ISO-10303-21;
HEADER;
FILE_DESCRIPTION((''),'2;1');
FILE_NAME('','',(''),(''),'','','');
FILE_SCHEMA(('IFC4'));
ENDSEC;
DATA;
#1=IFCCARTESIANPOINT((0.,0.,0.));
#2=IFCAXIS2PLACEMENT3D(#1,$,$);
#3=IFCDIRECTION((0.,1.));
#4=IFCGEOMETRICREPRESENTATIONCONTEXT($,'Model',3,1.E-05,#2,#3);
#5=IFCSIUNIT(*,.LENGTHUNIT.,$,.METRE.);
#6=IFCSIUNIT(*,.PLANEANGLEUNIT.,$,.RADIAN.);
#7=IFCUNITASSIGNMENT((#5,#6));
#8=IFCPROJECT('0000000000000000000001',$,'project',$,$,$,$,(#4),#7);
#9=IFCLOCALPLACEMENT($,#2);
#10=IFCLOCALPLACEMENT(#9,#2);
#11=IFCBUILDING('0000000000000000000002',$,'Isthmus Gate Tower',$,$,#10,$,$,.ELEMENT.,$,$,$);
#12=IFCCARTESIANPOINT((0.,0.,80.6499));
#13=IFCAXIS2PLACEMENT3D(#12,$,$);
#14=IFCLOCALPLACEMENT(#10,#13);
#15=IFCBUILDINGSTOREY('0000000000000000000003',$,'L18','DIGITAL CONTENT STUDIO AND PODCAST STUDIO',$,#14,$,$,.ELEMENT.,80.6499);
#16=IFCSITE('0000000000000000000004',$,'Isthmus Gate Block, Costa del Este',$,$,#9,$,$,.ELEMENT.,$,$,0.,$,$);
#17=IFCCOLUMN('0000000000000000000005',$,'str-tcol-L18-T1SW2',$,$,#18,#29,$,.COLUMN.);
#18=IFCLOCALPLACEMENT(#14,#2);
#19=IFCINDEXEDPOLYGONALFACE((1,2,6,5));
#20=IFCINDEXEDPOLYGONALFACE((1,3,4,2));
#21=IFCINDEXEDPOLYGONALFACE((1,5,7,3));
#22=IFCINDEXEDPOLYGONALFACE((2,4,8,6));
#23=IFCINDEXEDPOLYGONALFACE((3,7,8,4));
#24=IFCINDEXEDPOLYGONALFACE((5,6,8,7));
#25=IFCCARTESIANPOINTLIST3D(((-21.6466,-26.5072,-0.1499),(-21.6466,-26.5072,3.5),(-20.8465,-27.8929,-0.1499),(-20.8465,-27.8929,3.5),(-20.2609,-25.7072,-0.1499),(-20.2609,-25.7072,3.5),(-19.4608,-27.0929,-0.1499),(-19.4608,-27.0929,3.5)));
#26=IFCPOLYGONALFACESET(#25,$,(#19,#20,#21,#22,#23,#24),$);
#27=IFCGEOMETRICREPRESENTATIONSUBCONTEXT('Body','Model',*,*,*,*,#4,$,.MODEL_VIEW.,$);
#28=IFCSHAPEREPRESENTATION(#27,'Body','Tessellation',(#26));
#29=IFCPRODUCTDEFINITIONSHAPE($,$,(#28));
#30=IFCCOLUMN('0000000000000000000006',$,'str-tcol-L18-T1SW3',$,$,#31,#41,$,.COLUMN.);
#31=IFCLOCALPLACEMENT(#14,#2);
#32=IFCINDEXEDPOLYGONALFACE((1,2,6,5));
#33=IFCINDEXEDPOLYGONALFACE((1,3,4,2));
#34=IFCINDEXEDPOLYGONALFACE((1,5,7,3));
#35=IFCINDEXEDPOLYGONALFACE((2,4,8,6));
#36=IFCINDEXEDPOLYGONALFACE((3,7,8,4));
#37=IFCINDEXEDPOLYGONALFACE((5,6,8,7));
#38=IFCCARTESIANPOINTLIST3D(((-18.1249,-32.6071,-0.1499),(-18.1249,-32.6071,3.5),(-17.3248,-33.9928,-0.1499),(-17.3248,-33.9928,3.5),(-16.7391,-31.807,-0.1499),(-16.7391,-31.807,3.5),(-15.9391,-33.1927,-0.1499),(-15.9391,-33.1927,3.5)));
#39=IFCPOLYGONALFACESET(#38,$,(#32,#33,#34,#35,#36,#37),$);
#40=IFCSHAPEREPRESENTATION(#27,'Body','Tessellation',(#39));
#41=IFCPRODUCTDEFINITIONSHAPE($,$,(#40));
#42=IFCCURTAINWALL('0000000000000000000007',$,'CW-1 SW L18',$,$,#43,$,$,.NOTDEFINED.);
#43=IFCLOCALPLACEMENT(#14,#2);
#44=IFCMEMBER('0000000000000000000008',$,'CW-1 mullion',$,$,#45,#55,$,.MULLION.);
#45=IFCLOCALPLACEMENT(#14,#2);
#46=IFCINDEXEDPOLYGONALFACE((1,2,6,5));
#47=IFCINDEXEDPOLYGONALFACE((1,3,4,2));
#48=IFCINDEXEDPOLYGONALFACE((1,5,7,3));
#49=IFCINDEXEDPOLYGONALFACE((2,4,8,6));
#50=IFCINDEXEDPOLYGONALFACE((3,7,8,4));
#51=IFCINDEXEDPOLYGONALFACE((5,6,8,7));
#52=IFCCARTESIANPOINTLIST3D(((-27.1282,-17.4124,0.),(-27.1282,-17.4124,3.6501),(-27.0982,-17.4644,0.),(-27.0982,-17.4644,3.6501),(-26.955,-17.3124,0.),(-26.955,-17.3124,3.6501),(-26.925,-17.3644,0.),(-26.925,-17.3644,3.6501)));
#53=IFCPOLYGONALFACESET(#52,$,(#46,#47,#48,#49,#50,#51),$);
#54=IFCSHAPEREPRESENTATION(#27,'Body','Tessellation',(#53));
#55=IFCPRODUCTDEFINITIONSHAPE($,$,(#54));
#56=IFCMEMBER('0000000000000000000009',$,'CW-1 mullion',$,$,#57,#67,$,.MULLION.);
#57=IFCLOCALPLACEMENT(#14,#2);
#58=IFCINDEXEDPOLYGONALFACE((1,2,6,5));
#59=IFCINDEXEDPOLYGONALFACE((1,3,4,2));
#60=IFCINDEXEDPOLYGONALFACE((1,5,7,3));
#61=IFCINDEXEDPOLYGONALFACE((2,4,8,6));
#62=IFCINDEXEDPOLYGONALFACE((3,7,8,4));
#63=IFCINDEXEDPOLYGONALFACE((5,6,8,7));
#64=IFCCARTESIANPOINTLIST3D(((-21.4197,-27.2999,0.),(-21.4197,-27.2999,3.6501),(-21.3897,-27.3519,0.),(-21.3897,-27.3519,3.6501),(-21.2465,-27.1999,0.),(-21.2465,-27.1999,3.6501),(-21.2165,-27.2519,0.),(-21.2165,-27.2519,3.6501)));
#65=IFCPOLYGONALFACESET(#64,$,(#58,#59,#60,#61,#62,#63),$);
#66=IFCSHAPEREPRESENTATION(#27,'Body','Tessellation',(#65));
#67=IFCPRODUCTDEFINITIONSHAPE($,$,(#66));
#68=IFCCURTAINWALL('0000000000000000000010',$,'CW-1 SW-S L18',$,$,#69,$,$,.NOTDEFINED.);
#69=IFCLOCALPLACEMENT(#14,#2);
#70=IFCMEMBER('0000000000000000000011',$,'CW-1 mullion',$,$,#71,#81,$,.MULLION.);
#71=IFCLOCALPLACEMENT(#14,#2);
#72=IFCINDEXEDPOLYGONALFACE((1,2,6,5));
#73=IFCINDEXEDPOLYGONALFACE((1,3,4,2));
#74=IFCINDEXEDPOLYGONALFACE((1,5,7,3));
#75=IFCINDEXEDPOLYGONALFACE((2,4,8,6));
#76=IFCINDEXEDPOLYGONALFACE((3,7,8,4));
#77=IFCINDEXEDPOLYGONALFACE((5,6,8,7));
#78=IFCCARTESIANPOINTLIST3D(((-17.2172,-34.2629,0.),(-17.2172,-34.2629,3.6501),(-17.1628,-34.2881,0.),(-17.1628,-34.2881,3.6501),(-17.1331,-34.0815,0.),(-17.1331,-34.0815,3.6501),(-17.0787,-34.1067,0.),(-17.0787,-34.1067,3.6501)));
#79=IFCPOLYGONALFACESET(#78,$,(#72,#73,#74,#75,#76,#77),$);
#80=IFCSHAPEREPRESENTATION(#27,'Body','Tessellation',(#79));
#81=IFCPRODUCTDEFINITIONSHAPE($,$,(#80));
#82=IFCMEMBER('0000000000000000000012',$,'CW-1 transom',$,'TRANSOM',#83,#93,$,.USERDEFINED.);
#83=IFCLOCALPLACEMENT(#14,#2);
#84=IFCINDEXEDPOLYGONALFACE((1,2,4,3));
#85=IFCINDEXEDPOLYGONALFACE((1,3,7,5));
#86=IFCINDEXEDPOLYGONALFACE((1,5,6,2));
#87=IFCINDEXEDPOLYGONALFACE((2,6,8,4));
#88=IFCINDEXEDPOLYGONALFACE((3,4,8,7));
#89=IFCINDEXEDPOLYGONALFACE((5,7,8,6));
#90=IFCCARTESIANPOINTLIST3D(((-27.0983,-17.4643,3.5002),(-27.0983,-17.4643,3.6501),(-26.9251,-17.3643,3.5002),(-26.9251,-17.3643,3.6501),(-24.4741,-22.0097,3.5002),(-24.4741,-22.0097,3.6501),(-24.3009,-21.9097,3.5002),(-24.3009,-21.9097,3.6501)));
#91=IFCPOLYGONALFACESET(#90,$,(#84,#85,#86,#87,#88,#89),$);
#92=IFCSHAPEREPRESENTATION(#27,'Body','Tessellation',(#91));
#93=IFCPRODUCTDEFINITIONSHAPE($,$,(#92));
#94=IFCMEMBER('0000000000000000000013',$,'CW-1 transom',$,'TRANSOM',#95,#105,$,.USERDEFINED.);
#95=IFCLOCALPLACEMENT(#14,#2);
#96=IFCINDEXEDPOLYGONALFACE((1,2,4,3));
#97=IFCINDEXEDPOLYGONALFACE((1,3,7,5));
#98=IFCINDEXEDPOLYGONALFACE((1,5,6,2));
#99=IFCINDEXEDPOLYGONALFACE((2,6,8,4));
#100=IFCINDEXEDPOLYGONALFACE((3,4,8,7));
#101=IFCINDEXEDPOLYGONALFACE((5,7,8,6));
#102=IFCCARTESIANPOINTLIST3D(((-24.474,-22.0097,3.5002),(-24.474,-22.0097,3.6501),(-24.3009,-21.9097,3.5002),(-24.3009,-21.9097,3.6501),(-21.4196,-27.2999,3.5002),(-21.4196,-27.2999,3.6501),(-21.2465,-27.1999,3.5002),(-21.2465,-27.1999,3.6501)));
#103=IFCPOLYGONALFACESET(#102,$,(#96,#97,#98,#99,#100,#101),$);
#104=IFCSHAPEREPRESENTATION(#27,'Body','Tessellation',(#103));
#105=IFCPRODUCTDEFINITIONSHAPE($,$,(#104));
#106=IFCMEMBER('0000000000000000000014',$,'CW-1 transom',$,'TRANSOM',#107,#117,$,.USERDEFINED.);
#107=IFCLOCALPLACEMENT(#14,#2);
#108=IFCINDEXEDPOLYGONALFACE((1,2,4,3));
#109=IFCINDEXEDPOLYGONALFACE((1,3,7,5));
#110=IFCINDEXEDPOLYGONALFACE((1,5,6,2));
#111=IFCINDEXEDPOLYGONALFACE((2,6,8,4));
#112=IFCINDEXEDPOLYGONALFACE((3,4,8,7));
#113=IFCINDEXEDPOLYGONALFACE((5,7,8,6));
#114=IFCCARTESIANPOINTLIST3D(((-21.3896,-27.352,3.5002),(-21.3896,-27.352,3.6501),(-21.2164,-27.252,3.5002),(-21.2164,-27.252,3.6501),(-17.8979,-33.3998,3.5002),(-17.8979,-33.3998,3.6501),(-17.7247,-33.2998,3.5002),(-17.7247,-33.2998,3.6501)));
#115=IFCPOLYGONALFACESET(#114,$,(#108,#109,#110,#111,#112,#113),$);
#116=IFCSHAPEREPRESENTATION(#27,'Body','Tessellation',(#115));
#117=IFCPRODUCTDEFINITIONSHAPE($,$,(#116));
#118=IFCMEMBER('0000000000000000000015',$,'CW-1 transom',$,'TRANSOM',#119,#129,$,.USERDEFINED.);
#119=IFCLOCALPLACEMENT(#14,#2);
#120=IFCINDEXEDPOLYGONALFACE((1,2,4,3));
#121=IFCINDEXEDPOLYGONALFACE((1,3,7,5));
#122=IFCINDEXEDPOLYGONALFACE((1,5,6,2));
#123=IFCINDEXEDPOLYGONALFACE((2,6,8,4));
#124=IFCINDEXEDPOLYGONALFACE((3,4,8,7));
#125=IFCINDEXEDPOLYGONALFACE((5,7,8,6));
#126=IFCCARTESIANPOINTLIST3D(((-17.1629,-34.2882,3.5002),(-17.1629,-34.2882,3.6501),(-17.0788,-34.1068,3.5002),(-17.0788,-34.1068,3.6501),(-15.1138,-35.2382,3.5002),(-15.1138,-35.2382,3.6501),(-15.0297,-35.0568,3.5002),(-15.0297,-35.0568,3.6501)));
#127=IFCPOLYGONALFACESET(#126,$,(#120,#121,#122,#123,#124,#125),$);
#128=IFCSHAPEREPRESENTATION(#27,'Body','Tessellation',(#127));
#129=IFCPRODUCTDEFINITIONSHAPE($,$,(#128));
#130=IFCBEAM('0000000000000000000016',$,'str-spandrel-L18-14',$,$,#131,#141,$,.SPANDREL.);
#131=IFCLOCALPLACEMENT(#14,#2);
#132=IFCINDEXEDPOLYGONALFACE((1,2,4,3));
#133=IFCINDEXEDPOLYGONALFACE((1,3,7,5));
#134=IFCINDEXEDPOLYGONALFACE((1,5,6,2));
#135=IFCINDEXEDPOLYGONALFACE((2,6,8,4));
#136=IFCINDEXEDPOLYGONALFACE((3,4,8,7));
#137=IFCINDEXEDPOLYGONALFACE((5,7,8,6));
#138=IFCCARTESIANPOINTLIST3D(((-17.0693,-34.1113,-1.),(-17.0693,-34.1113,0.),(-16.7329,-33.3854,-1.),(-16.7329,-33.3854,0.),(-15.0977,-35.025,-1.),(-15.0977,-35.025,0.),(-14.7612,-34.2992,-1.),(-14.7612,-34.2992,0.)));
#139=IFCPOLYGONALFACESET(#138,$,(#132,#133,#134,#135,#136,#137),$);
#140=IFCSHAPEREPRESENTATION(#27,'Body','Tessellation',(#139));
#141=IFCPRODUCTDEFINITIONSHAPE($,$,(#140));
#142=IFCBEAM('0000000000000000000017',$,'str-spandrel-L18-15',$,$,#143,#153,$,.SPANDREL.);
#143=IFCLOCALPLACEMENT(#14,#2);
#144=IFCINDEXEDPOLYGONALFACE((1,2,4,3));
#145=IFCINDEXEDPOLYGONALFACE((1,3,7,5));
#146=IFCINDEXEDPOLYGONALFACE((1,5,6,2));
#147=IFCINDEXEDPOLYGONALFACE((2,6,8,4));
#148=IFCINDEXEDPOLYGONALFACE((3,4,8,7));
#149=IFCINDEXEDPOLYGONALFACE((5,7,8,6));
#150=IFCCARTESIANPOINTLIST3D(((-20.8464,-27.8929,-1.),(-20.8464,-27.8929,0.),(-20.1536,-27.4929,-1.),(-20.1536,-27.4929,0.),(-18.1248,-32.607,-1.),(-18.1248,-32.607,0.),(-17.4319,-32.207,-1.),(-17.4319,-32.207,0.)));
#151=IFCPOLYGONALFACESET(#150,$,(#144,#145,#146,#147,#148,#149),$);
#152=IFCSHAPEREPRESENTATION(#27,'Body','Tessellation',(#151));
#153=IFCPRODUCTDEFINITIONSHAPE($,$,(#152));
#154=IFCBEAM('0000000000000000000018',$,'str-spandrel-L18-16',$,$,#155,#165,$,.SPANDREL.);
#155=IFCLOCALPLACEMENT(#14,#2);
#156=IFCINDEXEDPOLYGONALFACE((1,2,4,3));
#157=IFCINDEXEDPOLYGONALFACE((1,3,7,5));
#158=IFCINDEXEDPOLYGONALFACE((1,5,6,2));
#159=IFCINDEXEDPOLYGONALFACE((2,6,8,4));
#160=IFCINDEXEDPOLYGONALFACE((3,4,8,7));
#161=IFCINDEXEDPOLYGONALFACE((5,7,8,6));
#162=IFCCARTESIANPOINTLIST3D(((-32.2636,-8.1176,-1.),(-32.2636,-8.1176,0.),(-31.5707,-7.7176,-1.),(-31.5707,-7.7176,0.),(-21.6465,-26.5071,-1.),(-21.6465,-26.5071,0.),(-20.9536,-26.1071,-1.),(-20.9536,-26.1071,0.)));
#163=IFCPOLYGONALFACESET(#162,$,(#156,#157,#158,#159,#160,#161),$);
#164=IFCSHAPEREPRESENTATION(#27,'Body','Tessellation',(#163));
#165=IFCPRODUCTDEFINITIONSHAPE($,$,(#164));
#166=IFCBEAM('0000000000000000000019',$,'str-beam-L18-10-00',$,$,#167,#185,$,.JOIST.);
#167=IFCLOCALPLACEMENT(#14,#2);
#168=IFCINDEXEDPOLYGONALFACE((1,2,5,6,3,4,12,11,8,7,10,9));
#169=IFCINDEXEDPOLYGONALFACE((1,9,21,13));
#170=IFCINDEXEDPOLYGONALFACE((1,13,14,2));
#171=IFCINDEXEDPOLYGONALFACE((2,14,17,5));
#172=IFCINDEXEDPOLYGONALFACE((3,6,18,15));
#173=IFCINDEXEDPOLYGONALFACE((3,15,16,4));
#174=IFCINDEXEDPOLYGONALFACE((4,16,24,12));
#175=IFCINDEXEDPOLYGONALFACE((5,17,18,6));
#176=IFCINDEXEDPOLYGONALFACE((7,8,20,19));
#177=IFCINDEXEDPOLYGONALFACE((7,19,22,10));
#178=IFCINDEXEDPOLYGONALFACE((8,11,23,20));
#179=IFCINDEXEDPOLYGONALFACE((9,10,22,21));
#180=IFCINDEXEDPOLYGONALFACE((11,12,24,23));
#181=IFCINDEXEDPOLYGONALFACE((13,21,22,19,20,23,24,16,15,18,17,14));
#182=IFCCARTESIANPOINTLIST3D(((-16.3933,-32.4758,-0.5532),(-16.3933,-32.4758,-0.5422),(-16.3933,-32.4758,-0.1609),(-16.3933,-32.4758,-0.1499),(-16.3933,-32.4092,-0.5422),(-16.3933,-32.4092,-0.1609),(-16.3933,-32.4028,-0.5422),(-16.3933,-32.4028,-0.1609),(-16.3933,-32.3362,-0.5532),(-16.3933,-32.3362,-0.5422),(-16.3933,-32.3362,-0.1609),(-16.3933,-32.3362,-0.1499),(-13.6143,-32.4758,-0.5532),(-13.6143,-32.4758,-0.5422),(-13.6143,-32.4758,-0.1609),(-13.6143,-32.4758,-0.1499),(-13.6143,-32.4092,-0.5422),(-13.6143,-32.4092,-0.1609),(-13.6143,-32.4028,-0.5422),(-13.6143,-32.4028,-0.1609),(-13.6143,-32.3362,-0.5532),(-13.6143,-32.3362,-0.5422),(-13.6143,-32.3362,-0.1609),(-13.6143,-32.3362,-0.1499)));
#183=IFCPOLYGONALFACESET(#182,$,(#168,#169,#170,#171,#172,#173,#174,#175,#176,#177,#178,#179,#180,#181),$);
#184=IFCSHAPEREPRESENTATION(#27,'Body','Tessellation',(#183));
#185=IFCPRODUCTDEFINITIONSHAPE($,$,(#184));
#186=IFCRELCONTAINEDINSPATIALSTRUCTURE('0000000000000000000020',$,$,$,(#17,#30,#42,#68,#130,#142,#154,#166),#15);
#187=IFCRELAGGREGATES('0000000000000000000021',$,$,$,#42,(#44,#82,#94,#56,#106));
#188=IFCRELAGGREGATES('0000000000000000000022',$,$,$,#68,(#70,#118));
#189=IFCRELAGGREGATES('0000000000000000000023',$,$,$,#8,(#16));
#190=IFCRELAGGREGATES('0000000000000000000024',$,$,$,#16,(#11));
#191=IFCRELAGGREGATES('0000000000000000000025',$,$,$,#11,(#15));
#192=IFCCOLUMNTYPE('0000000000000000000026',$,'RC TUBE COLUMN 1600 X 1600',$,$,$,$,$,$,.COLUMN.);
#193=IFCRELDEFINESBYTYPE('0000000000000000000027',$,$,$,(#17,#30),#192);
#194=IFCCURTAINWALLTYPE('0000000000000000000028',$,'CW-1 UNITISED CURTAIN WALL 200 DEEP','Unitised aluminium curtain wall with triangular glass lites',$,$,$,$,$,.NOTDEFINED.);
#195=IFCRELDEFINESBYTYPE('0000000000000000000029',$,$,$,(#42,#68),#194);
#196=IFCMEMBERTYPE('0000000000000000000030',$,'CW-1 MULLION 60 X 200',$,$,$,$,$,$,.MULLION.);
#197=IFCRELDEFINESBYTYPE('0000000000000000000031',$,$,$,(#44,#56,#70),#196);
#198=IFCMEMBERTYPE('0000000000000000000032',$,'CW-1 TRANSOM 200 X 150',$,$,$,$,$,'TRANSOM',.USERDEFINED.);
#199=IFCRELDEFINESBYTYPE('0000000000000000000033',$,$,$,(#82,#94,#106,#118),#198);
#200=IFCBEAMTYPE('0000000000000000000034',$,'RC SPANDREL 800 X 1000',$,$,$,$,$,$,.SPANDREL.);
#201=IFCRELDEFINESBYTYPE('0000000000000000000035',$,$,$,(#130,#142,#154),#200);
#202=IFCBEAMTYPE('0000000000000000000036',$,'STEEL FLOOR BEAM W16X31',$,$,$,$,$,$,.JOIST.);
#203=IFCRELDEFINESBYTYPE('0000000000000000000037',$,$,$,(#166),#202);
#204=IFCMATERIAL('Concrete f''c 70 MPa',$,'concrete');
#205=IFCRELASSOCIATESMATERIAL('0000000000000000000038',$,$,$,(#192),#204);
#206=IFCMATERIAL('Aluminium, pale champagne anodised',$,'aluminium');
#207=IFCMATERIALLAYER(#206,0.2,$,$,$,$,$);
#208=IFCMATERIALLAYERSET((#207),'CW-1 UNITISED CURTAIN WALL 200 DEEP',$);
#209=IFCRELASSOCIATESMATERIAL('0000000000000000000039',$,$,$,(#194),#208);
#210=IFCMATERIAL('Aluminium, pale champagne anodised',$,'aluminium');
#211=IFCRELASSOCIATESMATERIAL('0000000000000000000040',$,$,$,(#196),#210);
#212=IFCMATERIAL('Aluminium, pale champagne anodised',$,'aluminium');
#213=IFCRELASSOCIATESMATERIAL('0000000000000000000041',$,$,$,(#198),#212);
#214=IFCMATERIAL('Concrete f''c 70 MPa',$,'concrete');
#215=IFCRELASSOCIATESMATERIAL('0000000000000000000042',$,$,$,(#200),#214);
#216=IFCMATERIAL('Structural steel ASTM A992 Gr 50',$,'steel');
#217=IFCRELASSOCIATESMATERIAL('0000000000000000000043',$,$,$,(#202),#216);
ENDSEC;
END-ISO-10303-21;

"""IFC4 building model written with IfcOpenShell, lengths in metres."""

from ifc_helpers import new_model, si_unit, direction, frame, origin, origin_2d, place, context, subcontext, project, spatial, rectangle, i_section, extrude, material, layer, layer_set, material_profile, profile_set, type_object, element, aggregate, save


model = new_model("IFC4")

# Units and contexts
model_context = context("Model", 3, precision=1e-05, world=origin(), true_north=direction((0.0, 1.0)))
body_context = subcontext(model_context, "Body", "Model", "MODEL_VIEW")
ifc_project = project(units=[si_unit("LENGTHUNIT", "METRE"), si_unit("PLANEANGLEUNIT", "RADIAN")], contexts=[model_context])

# Site, building, storey
site_placement = place(None, origin())
site = spatial("IfcSite", under=ifc_project, at=site_placement, Name="Isthmus Gate Block, Costa del Este", CompositionType="ELEMENT", RefElevation=0.0)
building_placement = place(site_placement, origin())
building = spatial("IfcBuilding", under=site, at=building_placement, Name="Isthmus Gate Tower", CompositionType="ELEMENT")
storey_placement = place(building_placement, frame((0.0, 0.0, 80.6499)))
storey = spatial("IfcBuildingStorey", under=building, at=storey_placement, Name="L18", Description="DIGITAL CONTENT STUDIO AND PODCAST STUDIO", CompositionType="ELEMENT", Elevation=80.6499)

# Columns
ifc_material_1 = material(Name="Concrete f'c 70 MPa", Category="concrete")
ifc_material_profile_1 = material_profile(ifc_material_1, rectangle(XDim=1.6001, YDim=1.6001, at=origin_2d()), Name="RC 1600X1600")
ifc_profile_set_1 = profile_set([ifc_material_profile_1], Name="Concrete f'c 70 MPa")
column_type = type_object("IfcColumnType", Name="RC TUBE COLUMN 1600 X 1600", PredefinedType="COLUMN", material=ifc_profile_set_1)
for number, where, z_axis, x_axis, name in (
    (1, (-20.5537, -26.8, -0.1499), (0.0, 0.0, 1.0), (0.5, -0.866025, 0.0), "str-tcol-L18-T1SW2"),
    (2, (-17.032, -32.8999, -0.1499), (0.0, 0.0, 1.0), (0.5, -0.866025, 0.0), "str-tcol-L18-T1SW3"),
):
    element("IfcColumn", number, at=place(storey_placement, frame(where, z_axis=z_axis, x_axis=x_axis)), inside=storey, type_object=column_type, Name=name, PredefinedType="COLUMN", context=body_context, shape_type="SweptSolid", body=[
        extrude(rectangle(XDim=1.6001, YDim=1.6001, at=origin_2d()), origin(), (0.0, 0.0, 1.0), 3.6499),
    ])

# Curtain wall, members
ifc_material_2 = material(Name="Aluminium, pale champagne anodised", Category="aluminium")
ifc_layer_1 = layer(ifc_material_2, 0.2)
ifc_layer_set_1 = layer_set([ifc_layer_1], Name="CW-1 UNITISED CURTAIN WALL 200 DEEP")
curtain_wall_type = type_object("IfcCurtainWallType", Name="CW-1 UNITISED CURTAIN WALL 200 DEEP", Description="Unitised aluminium curtain wall with triangular glass lites", PredefinedType="NOTDEFINED", material=ifc_layer_set_1)
curtain_wall_1_placement = place(storey_placement, origin())
curtain_wall_1 = element("IfcCurtainWall", 3, at=curtain_wall_1_placement, inside=storey, type_object=curtain_wall_type, Name="CW-1 SW L18", PredefinedType="NOTDEFINED")
ifc_material_3 = material(Name="Aluminium, pale champagne anodised", Category="aluminium")
ifc_material_profile_2 = material_profile(ifc_material_3, rectangle(XDim=0.0601, YDim=0.2, at=origin_2d()), Name="60x200")
ifc_profile_set_2 = profile_set([ifc_material_profile_2], Name="Aluminium, pale champagne anodised")
member_type_1 = type_object("IfcMemberType", Name="CW-1 MULLION 60 X 200", PredefinedType="MULLION", material=ifc_profile_set_2)
member_1_placement = place(storey_placement, frame((-27.0266, -17.3884, 0.0), z_axis=(0.0, 0.0, 1.0), x_axis=(0.5, -0.866025, 0.0)))
member_1 = element("IfcMember", 4, at=member_1_placement, type_object=member_type_1, Name="CW-1 mullion", PredefinedType="MULLION", context=body_context, shape_type="SweptSolid", body=[
    extrude(rectangle(XDim=0.0601, YDim=0.2, at=origin_2d()), origin(), (0.0, 0.0, 1.0), 3.6501),
])
member_2_placement = place(storey_placement, frame((-21.3181, -27.2759, 0.0), z_axis=(0.0, 0.0, 1.0), x_axis=(0.5, -0.866025, 0.0)))
member_2 = element("IfcMember", 5, at=member_2_placement, type_object=member_type_1, Name="CW-1 mullion", PredefinedType="MULLION", context=body_context, shape_type="SweptSolid", body=[
    extrude(rectangle(XDim=0.0601, YDim=0.2, at=origin_2d()), origin(), (0.0, 0.0, 1.0), 3.6501),
])

# Curtain wall, member
curtain_wall_2_placement = place(storey_placement, origin())
curtain_wall_2 = element("IfcCurtainWall", 6, at=curtain_wall_2_placement, inside=storey, type_object=curtain_wall_type, Name="CW-1 SW-S L18", PredefinedType="NOTDEFINED")
member_3_placement = place(storey_placement, frame((-17.1479, -34.1848, 0.0), z_axis=(0.0, 0.0, 1.0), x_axis=(0.907256, -0.420578, 0.0)))
member_3 = element("IfcMember", 7, at=member_3_placement, type_object=member_type_1, Name="CW-1 mullion", PredefinedType="MULLION", context=body_context, shape_type="SweptSolid", body=[
    extrude(rectangle(XDim=0.0601, YDim=0.2, at=origin_2d()), origin(), (0.0, 0.0, 1.0), 3.6501),
])

# Members
ifc_material_4 = material(Name="Aluminium, pale champagne anodised", Category="aluminium")
ifc_material_profile_3 = material_profile(ifc_material_4, rectangle(XDim=0.2, YDim=0.1499, at=origin_2d()), Name="200x150")
ifc_profile_set_3 = profile_set([ifc_material_profile_3], Name="Aluminium, pale champagne anodised")
member_type_2 = type_object("IfcMemberType", Name="CW-1 TRANSOM 200 X 150", ElementType="TRANSOM", PredefinedType="USERDEFINED", material=ifc_profile_set_3)
member_4_placement = place(storey_placement, frame((-27.0117, -17.4143, 3.5752), z_axis=(0.499996, -0.866028, 0.0), x_axis=(0.866028, 0.499996, 0.0)))
member_4 = element("IfcMember", 8, at=member_4_placement, type_object=member_type_2, Name="CW-1 transom", ObjectType="TRANSOM", PredefinedType="USERDEFINED", context=body_context, shape_type="SweptSolid", body=[
    extrude(rectangle(XDim=0.2, YDim=0.1499, at=origin_2d()), origin(), (0.0, 0.0, 1.0), 5.2485),
])
member_5_placement = place(storey_placement, frame((-24.3875, -21.9597, 3.5752), z_axis=(0.500012, -0.866019, 0.0), x_axis=(0.866019, 0.500012, 0.0)))
member_5 = element("IfcMember", 9, at=member_5_placement, type_object=member_type_2, Name="CW-1 transom", ObjectType="TRANSOM", PredefinedType="USERDEFINED", context=body_context, shape_type="SweptSolid", body=[
    extrude(rectangle(XDim=0.2, YDim=0.1499, at=origin_2d()), origin(), (0.0, 0.0, 1.0), 6.1086),
])
member_6_placement = place(storey_placement, frame((-21.303, -27.302, 3.5752), z_axis=(0.499997, -0.866027, 0.0), x_axis=(0.866027, 0.499997, 0.0)))
member_6 = element("IfcMember", 10, at=member_6_placement, type_object=member_type_2, Name="CW-1 transom", ObjectType="TRANSOM", PredefinedType="USERDEFINED", context=body_context, shape_type="SweptSolid", body=[
    extrude(rectangle(XDim=0.2, YDim=0.1499, at=origin_2d()), origin(), (0.0, 0.0, 1.0), 6.9834),
])
member_7_placement = place(storey_placement, frame((-17.1208, -34.1975, 3.5752), z_axis=(0.907246, -0.4206, 0.0), x_axis=(0.4206, 0.907246, 0.0)))
member_7 = element("IfcMember", 11, at=member_7_placement, type_object=member_type_2, Name="CW-1 transom", ObjectType="TRANSOM", PredefinedType="USERDEFINED", context=body_context, shape_type="SweptSolid", body=[
    extrude(rectangle(XDim=0.2, YDim=0.1499, at=origin_2d()), origin(), (0.0, 0.0, 1.0), 2.2585),
])

# Beams
ifc_material_5 = material(Name="Concrete f'c 70 MPa", Category="concrete")
ifc_material_profile_4 = material_profile(ifc_material_5, rectangle(XDim=0.8, YDim=1.0, at=origin_2d()), Name="RC 800X1000")
ifc_profile_set_4 = profile_set([ifc_material_profile_4], Name="Concrete f'c 70 MPa")
beam_type_1 = type_object("IfcBeamType", Name="RC SPANDREL 800 X 1000", PredefinedType="SPANDREL", material=ifc_profile_set_4)
beam_1_placement = place(storey_placement, frame((-14.9294, -34.6621, -0.5), z_axis=(-0.907291, 0.420504, 0.0), x_axis=(-0.420504, -0.907291, 0.0)))
element("IfcBeam", 12, at=beam_1_placement, inside=storey, type_object=beam_type_1, Name="str-spandrel-L18-14", PredefinedType="SPANDREL", context=body_context, shape_type="SweptSolid", body=[
    extrude(rectangle(XDim=0.8, YDim=1.0, at=origin_2d()), origin(), (0.0, 0.0, 1.0), 2.1731),
])
beam_2_placement = place(storey_placement, frame((-17.7783, -32.407, -0.5), z_axis=(-0.499998, 0.866026, 0.0), x_axis=(-0.866026, -0.499998, 0.0)))
element("IfcBeam", 13, at=beam_2_placement, inside=storey, type_object=beam_type_1, Name="str-spandrel-L18-15", PredefinedType="SPANDREL", context=body_context, shape_type="SweptSolid", body=[
    extrude(rectangle(XDim=0.8, YDim=1.0, at=origin_2d()), origin(), (0.0, 0.0, 1.0), 5.4434),
])
beam_3_placement = place(storey_placement, frame((-21.3, -26.3071, -0.5), z_axis=(-0.499997, 0.866027, 0.0), x_axis=(-0.866027, -0.499997, 0.0)))
element("IfcBeam", 14, at=beam_3_placement, inside=storey, type_object=beam_type_1, Name="str-spandrel-L18-16", PredefinedType="SPANDREL", context=body_context, shape_type="SweptSolid", body=[
    extrude(rectangle(XDim=0.8, YDim=1.0, at=origin_2d()), origin(), (0.0, 0.0, 1.0), 21.2344),
])
ifc_material_6 = material(Name="Structural steel ASTM A992 Gr 50", Category="steel")
ifc_material_profile_5 = material_profile(ifc_material_6, i_section(OverallWidth=0.1396, OverallDepth=0.4033, WebThickness=0.0063, FlangeThickness=0.011, at=origin_2d()), Name="W16X31")
ifc_profile_set_5 = profile_set([ifc_material_profile_5], Name="Structural steel ASTM A992 Gr 50")
beam_type_2 = type_object("IfcBeamType", Name="STEEL FLOOR BEAM W16X31", PredefinedType="JOIST", material=ifc_profile_set_5)
beam_4_placement = place(storey_placement, frame((-16.3933, -32.406, -0.3516), z_axis=(1.0, 0.0, 0.0), x_axis=(0.0, 1.0, 0.0)))
element("IfcBeam", 15, at=beam_4_placement, inside=storey, type_object=beam_type_2, Name="str-beam-L18-10-00", PredefinedType="JOIST", context=body_context, shape_type="SweptSolid", body=[
    extrude(i_section(OverallWidth=0.1396, OverallDepth=0.4033, WebThickness=0.0063, FlangeThickness=0.011, at=origin_2d()), origin(), (0.0, 0.0, 1.0), 2.7791),
])

aggregate(curtain_wall_1, [member_1, member_4, member_5, member_2, member_6])
aggregate(curtain_wall_2, [member_3, member_7])

save(model, "model.ifc")
